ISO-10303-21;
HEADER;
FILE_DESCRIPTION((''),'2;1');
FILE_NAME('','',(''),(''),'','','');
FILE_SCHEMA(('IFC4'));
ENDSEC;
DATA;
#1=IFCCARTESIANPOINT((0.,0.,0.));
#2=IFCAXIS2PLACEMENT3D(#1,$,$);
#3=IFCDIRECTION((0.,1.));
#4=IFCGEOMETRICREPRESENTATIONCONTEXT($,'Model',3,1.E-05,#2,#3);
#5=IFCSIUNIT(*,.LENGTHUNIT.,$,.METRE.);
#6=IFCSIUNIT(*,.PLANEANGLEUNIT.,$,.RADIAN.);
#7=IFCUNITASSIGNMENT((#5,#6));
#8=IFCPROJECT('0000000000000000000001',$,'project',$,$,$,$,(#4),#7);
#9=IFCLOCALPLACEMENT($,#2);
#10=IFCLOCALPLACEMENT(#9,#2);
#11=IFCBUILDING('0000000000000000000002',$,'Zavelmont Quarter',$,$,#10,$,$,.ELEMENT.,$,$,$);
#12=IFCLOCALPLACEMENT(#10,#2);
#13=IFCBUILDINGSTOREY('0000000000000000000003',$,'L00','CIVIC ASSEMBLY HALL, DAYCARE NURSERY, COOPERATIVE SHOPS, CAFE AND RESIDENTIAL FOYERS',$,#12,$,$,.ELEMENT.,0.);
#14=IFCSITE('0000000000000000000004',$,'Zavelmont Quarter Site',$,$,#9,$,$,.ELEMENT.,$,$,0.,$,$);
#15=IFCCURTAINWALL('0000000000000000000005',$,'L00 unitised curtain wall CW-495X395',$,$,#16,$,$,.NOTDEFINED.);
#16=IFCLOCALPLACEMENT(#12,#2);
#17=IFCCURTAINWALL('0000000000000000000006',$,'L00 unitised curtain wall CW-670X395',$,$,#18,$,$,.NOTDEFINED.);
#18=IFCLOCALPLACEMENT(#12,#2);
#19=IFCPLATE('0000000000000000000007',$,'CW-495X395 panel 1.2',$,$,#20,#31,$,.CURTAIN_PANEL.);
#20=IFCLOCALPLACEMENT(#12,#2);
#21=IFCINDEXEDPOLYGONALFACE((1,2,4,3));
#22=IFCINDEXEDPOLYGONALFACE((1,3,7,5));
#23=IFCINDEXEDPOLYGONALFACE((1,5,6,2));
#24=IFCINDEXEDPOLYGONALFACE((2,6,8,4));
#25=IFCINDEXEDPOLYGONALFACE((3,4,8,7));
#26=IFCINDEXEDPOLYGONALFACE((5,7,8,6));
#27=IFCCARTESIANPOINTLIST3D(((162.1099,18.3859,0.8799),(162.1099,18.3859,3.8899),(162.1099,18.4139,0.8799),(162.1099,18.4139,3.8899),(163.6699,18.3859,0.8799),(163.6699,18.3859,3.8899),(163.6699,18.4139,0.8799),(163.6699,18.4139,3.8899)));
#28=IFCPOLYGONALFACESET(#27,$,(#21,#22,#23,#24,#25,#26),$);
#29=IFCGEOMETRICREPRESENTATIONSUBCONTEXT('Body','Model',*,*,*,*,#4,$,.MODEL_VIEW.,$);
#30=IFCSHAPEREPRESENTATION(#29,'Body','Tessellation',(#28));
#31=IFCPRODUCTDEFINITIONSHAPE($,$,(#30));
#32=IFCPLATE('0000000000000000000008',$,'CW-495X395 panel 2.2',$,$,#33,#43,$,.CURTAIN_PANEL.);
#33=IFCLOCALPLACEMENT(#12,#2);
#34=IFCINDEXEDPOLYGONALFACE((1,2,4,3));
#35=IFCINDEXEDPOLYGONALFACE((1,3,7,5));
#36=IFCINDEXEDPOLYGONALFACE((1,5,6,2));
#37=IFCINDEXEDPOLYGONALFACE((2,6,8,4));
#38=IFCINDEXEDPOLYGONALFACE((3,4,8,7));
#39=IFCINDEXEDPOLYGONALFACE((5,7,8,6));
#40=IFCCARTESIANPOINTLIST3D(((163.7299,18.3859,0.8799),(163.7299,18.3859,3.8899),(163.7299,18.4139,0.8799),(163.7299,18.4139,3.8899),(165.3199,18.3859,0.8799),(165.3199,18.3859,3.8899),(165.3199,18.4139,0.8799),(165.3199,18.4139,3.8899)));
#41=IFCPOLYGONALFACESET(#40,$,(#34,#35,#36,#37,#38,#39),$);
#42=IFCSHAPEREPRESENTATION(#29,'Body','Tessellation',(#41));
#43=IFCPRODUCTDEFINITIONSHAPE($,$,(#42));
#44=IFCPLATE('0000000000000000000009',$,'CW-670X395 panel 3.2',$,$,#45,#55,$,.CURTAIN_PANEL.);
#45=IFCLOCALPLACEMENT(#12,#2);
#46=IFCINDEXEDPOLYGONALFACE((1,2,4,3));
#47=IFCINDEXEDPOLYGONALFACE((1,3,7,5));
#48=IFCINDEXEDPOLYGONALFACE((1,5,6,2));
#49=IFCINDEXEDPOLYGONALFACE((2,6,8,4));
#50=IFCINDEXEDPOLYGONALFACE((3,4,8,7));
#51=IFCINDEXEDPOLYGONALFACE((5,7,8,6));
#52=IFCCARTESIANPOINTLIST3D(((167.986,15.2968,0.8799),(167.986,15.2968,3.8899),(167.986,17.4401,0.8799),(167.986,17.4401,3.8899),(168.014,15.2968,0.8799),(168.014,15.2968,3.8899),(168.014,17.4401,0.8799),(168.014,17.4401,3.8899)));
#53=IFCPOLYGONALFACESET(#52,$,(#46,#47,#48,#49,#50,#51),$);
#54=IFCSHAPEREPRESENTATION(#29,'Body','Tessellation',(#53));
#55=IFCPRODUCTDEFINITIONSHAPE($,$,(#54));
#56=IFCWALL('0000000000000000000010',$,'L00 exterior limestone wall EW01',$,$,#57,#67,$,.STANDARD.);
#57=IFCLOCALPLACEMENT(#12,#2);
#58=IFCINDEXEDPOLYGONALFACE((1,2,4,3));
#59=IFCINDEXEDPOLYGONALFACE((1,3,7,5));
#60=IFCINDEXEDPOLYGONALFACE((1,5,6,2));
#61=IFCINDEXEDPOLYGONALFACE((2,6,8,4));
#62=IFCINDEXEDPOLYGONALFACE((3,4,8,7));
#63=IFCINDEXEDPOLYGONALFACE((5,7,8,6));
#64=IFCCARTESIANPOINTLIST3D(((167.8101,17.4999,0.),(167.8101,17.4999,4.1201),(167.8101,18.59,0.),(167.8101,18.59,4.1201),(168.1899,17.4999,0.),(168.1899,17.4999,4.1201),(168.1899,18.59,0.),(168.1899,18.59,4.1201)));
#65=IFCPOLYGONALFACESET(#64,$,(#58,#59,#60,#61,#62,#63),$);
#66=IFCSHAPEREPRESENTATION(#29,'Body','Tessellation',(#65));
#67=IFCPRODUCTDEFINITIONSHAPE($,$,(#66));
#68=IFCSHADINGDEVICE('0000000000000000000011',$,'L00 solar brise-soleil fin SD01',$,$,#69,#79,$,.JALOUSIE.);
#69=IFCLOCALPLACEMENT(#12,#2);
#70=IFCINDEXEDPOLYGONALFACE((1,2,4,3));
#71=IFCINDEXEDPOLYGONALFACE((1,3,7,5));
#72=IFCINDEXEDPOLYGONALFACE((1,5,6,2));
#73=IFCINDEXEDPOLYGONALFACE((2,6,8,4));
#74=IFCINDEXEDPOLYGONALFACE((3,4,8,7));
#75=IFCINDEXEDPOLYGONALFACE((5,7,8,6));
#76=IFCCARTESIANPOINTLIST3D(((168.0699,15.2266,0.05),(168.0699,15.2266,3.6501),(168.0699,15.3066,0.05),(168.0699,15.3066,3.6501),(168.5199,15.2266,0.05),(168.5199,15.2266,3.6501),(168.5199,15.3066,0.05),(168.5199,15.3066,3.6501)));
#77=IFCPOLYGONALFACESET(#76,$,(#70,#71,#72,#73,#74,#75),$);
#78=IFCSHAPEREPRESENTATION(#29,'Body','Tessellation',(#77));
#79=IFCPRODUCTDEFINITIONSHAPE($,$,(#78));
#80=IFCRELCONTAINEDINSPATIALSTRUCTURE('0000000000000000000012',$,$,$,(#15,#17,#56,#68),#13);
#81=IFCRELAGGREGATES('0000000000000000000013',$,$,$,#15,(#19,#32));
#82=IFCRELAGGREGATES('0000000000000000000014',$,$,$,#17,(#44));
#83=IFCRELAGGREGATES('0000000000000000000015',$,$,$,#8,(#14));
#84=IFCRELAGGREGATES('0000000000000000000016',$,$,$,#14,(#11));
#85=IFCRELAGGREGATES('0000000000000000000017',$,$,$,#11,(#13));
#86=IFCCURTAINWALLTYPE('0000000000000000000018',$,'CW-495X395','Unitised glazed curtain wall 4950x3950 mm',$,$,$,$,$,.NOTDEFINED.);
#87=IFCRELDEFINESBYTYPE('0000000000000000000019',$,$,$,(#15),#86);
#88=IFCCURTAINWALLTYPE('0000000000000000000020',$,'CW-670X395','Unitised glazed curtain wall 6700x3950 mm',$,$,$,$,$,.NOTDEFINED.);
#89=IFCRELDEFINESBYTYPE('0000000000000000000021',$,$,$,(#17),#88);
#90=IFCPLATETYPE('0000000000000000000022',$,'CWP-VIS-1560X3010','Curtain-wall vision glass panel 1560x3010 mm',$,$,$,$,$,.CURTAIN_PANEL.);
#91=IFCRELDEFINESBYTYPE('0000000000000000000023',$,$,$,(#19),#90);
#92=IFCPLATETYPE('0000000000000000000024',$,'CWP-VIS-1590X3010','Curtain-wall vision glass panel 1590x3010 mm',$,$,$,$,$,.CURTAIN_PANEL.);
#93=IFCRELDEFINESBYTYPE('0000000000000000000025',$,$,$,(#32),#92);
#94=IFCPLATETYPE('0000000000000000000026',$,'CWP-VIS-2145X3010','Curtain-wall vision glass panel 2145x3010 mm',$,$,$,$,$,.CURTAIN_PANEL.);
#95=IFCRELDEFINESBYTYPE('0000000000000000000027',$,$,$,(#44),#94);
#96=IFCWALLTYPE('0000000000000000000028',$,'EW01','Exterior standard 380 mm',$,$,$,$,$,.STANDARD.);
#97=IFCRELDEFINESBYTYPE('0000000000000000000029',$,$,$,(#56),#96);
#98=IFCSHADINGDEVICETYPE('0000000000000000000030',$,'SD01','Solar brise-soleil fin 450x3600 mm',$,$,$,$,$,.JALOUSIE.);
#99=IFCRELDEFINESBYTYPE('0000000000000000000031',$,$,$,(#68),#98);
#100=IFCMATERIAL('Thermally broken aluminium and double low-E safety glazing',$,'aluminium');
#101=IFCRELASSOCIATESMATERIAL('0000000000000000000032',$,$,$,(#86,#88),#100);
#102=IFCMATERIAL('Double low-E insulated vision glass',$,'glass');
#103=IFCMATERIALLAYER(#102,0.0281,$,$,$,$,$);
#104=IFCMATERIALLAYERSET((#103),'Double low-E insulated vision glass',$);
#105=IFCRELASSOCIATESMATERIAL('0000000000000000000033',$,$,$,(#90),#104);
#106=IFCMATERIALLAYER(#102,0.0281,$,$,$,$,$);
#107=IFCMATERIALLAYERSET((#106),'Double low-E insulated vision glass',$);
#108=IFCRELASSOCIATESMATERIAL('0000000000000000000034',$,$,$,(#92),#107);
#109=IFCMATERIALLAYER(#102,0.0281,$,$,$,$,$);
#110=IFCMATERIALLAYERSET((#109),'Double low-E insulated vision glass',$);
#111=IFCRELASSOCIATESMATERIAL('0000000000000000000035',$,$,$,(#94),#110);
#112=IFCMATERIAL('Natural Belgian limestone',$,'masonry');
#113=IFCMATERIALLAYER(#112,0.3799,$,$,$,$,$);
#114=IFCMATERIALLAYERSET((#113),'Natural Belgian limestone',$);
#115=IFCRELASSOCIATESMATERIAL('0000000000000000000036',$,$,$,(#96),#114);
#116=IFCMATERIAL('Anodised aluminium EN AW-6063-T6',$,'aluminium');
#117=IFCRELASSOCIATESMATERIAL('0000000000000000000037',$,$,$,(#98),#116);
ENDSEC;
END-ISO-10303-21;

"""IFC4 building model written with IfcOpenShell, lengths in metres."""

from ifc_helpers import new_model, si_unit, direction, frame, frame_2d, origin, origin_2d, place, context, subcontext, project, spatial, rectangle, extrude, material, layer, layer_set, type_object, element, aggregate, save


model = new_model("IFC4")

# Units and contexts
model_context = context("Model", 3, precision=1e-05, world=origin(), true_north=direction((0.0, 1.0)))
body_context = subcontext(model_context, "Body", "Model", "MODEL_VIEW")
ifc_project = project(units=[si_unit("LENGTHUNIT", "METRE"), si_unit("PLANEANGLEUNIT", "RADIAN")], contexts=[model_context])

# Site, building, storey
site_placement = place(None, origin())
site = spatial("IfcSite", under=ifc_project, at=site_placement, Name="Zavelmont Quarter Site", CompositionType="ELEMENT", RefElevation=0.0)
building_placement = place(site_placement, origin())
building = spatial("IfcBuilding", under=site, at=building_placement, Name="Zavelmont Quarter", CompositionType="ELEMENT")
storey_placement = place(building_placement, origin())
storey = spatial("IfcBuildingStorey", under=building, at=storey_placement, Name="L00", Description="CIVIC ASSEMBLY HALL, DAYCARE NURSERY, COOPERATIVE SHOPS, CAFE AND RESIDENTIAL FOYERS", CompositionType="ELEMENT", Elevation=0.0)

# Curtain wall
ifc_material_1 = material(Name="Thermally broken aluminium and double low-E safety glazing", Category="aluminium")
curtain_wall_type_1 = type_object("IfcCurtainWallType", Name="CW-495X395", Description="Unitised glazed curtain wall 4950x3950 mm", PredefinedType="NOTDEFINED", material=ifc_material_1)
curtain_wall_1_placement = place(storey_placement, origin())
curtain_wall_1 = element("IfcCurtainWall", 1, at=curtain_wall_1_placement, inside=storey, type_object=curtain_wall_type_1, Name="L00 unitised curtain wall CW-495X395", PredefinedType="NOTDEFINED")

# Curtain wall
curtain_wall_type_2 = type_object("IfcCurtainWallType", Name="CW-670X395", Description="Unitised glazed curtain wall 6700x3950 mm", PredefinedType="NOTDEFINED", material=ifc_material_1)
curtain_wall_2_placement = place(storey_placement, origin())
curtain_wall_2 = element("IfcCurtainWall", 2, at=curtain_wall_2_placement, inside=storey, type_object=curtain_wall_type_2, Name="L00 unitised curtain wall CW-670X395", PredefinedType="NOTDEFINED")

# Plates
ifc_material_2 = material(Name="Double low-E insulated vision glass", Category="glass")
ifc_layer_1 = layer(ifc_material_2, 0.0281)
ifc_layer_set_1 = layer_set([ifc_layer_1], Name="Double low-E insulated vision glass")
plate_type_1 = type_object("IfcPlateType", Name="CWP-VIS-1560X3010", Description="Curtain-wall vision glass panel 1560x3010 mm", PredefinedType="CURTAIN_PANEL", material=ifc_layer_set_1)
plate_1_placement = place(storey_placement, frame((162.8899, 18.3999, 0.8799), z_axis=(0.0, 0.0, 1.0), x_axis=(1.0, 0.0, 0.0)))
plate_1 = element("IfcPlate", 3, at=plate_1_placement, type_object=plate_type_1, Name="CW-495X395 panel 1.2", PredefinedType="CURTAIN_PANEL", context=body_context, shape_type="SweptSolid", body=[
    extrude(rectangle(XDim=1.5601, YDim=0.0281, at=origin_2d()), origin(), (0.0, 0.0, 1.0), 3.01),
])
ifc_layer_2 = layer(ifc_material_2, 0.0281)
ifc_layer_set_2 = layer_set([ifc_layer_2], Name="Double low-E insulated vision glass")
plate_type_2 = type_object("IfcPlateType", Name="CWP-VIS-1590X3010", Description="Curtain-wall vision glass panel 1590x3010 mm", PredefinedType="CURTAIN_PANEL", material=ifc_layer_set_2)
plate_2_placement = place(storey_placement, frame((164.5249, 18.3999, 0.8799), z_axis=(0.0, 0.0, 1.0), x_axis=(1.0, 0.0, 0.0)))
plate_2 = element("IfcPlate", 4, at=plate_2_placement, type_object=plate_type_2, Name="CW-495X395 panel 2.2", PredefinedType="CURTAIN_PANEL", context=body_context, shape_type="SweptSolid", body=[
    extrude(rectangle(XDim=1.5901, YDim=0.0281, at=origin_2d()), origin(), (0.0, 0.0, 1.0), 3.01),
])
aggregate(curtain_wall_1, [plate_1, plate_2])
ifc_layer_3 = layer(ifc_material_2, 0.0281)
ifc_layer_set_3 = layer_set([ifc_layer_3], Name="Double low-E insulated vision glass")
plate_type_3 = type_object("IfcPlateType", Name="CWP-VIS-2145X3010", Description="Curtain-wall vision glass panel 2145x3010 mm", PredefinedType="CURTAIN_PANEL", material=ifc_layer_set_3)
plate_3_placement = place(storey_placement, frame((168.0, 16.3684, 0.8799), z_axis=(0.0, 0.0, 1.0), x_axis=(0.0, 1.0, 0.0)))
plate_3 = element("IfcPlate", 5, at=plate_3_placement, type_object=plate_type_3, Name="CW-670X395 panel 3.2", PredefinedType="CURTAIN_PANEL", context=body_context, shape_type="SweptSolid", body=[
    extrude(rectangle(XDim=2.1433, YDim=0.0281, at=origin_2d()), origin(), (0.0, 0.0, 1.0), 3.01),
])
aggregate(curtain_wall_2, [plate_3])

# Wall
ifc_material_3 = material(Name="Natural Belgian limestone", Category="masonry")
ifc_layer_4 = layer(ifc_material_3, 0.3799)
ifc_layer_set_4 = layer_set([ifc_layer_4], Name="Natural Belgian limestone")
wall_type = type_object("IfcWallType", Name="EW01", Description="Exterior standard 380 mm", PredefinedType="STANDARD", material=ifc_layer_set_4)
wall_placement = place(storey_placement, frame((168.0, 17.5, 0.0), z_axis=(0.0, 0.0, 1.0), x_axis=(0.0, 1.0, 0.0)))
element("IfcWall", 6, at=wall_placement, inside=storey, type_object=wall_type, Name="L00 exterior limestone wall EW01", PredefinedType="STANDARD", context=body_context, shape_type="SweptSolid", body=[
    extrude(rectangle(XDim=1.0901, YDim=0.3799, at=frame_2d((0.5449, 0.0))), origin(), (0.0, 0.0, 1.0), 4.1201),
])

# Shading device
ifc_material_4 = material(Name="Anodised aluminium EN AW-6063-T6", Category="aluminium")
shading_device_type = type_object("IfcShadingDeviceType", Name="SD01", Description="Solar brise-soleil fin 450x3600 mm", PredefinedType="JALOUSIE", material=ifc_material_4)
shading_device_placement = place(storey_placement, frame((168.2949, 15.2666, 0.05), z_axis=(0.0, 0.0, 1.0), x_axis=(0.0, 1.0, 0.0)))
element("IfcShadingDevice", 7, at=shading_device_placement, inside=storey, type_object=shading_device_type, Name="L00 solar brise-soleil fin SD01", PredefinedType="JALOUSIE", context=body_context, shape_type="SweptSolid", body=[
    extrude(rectangle(XDim=0.0801, YDim=0.45, at=origin_2d()), origin(), (0.0, 0.0, 1.0), 3.6001),
])

save(model, "model.ifc")
